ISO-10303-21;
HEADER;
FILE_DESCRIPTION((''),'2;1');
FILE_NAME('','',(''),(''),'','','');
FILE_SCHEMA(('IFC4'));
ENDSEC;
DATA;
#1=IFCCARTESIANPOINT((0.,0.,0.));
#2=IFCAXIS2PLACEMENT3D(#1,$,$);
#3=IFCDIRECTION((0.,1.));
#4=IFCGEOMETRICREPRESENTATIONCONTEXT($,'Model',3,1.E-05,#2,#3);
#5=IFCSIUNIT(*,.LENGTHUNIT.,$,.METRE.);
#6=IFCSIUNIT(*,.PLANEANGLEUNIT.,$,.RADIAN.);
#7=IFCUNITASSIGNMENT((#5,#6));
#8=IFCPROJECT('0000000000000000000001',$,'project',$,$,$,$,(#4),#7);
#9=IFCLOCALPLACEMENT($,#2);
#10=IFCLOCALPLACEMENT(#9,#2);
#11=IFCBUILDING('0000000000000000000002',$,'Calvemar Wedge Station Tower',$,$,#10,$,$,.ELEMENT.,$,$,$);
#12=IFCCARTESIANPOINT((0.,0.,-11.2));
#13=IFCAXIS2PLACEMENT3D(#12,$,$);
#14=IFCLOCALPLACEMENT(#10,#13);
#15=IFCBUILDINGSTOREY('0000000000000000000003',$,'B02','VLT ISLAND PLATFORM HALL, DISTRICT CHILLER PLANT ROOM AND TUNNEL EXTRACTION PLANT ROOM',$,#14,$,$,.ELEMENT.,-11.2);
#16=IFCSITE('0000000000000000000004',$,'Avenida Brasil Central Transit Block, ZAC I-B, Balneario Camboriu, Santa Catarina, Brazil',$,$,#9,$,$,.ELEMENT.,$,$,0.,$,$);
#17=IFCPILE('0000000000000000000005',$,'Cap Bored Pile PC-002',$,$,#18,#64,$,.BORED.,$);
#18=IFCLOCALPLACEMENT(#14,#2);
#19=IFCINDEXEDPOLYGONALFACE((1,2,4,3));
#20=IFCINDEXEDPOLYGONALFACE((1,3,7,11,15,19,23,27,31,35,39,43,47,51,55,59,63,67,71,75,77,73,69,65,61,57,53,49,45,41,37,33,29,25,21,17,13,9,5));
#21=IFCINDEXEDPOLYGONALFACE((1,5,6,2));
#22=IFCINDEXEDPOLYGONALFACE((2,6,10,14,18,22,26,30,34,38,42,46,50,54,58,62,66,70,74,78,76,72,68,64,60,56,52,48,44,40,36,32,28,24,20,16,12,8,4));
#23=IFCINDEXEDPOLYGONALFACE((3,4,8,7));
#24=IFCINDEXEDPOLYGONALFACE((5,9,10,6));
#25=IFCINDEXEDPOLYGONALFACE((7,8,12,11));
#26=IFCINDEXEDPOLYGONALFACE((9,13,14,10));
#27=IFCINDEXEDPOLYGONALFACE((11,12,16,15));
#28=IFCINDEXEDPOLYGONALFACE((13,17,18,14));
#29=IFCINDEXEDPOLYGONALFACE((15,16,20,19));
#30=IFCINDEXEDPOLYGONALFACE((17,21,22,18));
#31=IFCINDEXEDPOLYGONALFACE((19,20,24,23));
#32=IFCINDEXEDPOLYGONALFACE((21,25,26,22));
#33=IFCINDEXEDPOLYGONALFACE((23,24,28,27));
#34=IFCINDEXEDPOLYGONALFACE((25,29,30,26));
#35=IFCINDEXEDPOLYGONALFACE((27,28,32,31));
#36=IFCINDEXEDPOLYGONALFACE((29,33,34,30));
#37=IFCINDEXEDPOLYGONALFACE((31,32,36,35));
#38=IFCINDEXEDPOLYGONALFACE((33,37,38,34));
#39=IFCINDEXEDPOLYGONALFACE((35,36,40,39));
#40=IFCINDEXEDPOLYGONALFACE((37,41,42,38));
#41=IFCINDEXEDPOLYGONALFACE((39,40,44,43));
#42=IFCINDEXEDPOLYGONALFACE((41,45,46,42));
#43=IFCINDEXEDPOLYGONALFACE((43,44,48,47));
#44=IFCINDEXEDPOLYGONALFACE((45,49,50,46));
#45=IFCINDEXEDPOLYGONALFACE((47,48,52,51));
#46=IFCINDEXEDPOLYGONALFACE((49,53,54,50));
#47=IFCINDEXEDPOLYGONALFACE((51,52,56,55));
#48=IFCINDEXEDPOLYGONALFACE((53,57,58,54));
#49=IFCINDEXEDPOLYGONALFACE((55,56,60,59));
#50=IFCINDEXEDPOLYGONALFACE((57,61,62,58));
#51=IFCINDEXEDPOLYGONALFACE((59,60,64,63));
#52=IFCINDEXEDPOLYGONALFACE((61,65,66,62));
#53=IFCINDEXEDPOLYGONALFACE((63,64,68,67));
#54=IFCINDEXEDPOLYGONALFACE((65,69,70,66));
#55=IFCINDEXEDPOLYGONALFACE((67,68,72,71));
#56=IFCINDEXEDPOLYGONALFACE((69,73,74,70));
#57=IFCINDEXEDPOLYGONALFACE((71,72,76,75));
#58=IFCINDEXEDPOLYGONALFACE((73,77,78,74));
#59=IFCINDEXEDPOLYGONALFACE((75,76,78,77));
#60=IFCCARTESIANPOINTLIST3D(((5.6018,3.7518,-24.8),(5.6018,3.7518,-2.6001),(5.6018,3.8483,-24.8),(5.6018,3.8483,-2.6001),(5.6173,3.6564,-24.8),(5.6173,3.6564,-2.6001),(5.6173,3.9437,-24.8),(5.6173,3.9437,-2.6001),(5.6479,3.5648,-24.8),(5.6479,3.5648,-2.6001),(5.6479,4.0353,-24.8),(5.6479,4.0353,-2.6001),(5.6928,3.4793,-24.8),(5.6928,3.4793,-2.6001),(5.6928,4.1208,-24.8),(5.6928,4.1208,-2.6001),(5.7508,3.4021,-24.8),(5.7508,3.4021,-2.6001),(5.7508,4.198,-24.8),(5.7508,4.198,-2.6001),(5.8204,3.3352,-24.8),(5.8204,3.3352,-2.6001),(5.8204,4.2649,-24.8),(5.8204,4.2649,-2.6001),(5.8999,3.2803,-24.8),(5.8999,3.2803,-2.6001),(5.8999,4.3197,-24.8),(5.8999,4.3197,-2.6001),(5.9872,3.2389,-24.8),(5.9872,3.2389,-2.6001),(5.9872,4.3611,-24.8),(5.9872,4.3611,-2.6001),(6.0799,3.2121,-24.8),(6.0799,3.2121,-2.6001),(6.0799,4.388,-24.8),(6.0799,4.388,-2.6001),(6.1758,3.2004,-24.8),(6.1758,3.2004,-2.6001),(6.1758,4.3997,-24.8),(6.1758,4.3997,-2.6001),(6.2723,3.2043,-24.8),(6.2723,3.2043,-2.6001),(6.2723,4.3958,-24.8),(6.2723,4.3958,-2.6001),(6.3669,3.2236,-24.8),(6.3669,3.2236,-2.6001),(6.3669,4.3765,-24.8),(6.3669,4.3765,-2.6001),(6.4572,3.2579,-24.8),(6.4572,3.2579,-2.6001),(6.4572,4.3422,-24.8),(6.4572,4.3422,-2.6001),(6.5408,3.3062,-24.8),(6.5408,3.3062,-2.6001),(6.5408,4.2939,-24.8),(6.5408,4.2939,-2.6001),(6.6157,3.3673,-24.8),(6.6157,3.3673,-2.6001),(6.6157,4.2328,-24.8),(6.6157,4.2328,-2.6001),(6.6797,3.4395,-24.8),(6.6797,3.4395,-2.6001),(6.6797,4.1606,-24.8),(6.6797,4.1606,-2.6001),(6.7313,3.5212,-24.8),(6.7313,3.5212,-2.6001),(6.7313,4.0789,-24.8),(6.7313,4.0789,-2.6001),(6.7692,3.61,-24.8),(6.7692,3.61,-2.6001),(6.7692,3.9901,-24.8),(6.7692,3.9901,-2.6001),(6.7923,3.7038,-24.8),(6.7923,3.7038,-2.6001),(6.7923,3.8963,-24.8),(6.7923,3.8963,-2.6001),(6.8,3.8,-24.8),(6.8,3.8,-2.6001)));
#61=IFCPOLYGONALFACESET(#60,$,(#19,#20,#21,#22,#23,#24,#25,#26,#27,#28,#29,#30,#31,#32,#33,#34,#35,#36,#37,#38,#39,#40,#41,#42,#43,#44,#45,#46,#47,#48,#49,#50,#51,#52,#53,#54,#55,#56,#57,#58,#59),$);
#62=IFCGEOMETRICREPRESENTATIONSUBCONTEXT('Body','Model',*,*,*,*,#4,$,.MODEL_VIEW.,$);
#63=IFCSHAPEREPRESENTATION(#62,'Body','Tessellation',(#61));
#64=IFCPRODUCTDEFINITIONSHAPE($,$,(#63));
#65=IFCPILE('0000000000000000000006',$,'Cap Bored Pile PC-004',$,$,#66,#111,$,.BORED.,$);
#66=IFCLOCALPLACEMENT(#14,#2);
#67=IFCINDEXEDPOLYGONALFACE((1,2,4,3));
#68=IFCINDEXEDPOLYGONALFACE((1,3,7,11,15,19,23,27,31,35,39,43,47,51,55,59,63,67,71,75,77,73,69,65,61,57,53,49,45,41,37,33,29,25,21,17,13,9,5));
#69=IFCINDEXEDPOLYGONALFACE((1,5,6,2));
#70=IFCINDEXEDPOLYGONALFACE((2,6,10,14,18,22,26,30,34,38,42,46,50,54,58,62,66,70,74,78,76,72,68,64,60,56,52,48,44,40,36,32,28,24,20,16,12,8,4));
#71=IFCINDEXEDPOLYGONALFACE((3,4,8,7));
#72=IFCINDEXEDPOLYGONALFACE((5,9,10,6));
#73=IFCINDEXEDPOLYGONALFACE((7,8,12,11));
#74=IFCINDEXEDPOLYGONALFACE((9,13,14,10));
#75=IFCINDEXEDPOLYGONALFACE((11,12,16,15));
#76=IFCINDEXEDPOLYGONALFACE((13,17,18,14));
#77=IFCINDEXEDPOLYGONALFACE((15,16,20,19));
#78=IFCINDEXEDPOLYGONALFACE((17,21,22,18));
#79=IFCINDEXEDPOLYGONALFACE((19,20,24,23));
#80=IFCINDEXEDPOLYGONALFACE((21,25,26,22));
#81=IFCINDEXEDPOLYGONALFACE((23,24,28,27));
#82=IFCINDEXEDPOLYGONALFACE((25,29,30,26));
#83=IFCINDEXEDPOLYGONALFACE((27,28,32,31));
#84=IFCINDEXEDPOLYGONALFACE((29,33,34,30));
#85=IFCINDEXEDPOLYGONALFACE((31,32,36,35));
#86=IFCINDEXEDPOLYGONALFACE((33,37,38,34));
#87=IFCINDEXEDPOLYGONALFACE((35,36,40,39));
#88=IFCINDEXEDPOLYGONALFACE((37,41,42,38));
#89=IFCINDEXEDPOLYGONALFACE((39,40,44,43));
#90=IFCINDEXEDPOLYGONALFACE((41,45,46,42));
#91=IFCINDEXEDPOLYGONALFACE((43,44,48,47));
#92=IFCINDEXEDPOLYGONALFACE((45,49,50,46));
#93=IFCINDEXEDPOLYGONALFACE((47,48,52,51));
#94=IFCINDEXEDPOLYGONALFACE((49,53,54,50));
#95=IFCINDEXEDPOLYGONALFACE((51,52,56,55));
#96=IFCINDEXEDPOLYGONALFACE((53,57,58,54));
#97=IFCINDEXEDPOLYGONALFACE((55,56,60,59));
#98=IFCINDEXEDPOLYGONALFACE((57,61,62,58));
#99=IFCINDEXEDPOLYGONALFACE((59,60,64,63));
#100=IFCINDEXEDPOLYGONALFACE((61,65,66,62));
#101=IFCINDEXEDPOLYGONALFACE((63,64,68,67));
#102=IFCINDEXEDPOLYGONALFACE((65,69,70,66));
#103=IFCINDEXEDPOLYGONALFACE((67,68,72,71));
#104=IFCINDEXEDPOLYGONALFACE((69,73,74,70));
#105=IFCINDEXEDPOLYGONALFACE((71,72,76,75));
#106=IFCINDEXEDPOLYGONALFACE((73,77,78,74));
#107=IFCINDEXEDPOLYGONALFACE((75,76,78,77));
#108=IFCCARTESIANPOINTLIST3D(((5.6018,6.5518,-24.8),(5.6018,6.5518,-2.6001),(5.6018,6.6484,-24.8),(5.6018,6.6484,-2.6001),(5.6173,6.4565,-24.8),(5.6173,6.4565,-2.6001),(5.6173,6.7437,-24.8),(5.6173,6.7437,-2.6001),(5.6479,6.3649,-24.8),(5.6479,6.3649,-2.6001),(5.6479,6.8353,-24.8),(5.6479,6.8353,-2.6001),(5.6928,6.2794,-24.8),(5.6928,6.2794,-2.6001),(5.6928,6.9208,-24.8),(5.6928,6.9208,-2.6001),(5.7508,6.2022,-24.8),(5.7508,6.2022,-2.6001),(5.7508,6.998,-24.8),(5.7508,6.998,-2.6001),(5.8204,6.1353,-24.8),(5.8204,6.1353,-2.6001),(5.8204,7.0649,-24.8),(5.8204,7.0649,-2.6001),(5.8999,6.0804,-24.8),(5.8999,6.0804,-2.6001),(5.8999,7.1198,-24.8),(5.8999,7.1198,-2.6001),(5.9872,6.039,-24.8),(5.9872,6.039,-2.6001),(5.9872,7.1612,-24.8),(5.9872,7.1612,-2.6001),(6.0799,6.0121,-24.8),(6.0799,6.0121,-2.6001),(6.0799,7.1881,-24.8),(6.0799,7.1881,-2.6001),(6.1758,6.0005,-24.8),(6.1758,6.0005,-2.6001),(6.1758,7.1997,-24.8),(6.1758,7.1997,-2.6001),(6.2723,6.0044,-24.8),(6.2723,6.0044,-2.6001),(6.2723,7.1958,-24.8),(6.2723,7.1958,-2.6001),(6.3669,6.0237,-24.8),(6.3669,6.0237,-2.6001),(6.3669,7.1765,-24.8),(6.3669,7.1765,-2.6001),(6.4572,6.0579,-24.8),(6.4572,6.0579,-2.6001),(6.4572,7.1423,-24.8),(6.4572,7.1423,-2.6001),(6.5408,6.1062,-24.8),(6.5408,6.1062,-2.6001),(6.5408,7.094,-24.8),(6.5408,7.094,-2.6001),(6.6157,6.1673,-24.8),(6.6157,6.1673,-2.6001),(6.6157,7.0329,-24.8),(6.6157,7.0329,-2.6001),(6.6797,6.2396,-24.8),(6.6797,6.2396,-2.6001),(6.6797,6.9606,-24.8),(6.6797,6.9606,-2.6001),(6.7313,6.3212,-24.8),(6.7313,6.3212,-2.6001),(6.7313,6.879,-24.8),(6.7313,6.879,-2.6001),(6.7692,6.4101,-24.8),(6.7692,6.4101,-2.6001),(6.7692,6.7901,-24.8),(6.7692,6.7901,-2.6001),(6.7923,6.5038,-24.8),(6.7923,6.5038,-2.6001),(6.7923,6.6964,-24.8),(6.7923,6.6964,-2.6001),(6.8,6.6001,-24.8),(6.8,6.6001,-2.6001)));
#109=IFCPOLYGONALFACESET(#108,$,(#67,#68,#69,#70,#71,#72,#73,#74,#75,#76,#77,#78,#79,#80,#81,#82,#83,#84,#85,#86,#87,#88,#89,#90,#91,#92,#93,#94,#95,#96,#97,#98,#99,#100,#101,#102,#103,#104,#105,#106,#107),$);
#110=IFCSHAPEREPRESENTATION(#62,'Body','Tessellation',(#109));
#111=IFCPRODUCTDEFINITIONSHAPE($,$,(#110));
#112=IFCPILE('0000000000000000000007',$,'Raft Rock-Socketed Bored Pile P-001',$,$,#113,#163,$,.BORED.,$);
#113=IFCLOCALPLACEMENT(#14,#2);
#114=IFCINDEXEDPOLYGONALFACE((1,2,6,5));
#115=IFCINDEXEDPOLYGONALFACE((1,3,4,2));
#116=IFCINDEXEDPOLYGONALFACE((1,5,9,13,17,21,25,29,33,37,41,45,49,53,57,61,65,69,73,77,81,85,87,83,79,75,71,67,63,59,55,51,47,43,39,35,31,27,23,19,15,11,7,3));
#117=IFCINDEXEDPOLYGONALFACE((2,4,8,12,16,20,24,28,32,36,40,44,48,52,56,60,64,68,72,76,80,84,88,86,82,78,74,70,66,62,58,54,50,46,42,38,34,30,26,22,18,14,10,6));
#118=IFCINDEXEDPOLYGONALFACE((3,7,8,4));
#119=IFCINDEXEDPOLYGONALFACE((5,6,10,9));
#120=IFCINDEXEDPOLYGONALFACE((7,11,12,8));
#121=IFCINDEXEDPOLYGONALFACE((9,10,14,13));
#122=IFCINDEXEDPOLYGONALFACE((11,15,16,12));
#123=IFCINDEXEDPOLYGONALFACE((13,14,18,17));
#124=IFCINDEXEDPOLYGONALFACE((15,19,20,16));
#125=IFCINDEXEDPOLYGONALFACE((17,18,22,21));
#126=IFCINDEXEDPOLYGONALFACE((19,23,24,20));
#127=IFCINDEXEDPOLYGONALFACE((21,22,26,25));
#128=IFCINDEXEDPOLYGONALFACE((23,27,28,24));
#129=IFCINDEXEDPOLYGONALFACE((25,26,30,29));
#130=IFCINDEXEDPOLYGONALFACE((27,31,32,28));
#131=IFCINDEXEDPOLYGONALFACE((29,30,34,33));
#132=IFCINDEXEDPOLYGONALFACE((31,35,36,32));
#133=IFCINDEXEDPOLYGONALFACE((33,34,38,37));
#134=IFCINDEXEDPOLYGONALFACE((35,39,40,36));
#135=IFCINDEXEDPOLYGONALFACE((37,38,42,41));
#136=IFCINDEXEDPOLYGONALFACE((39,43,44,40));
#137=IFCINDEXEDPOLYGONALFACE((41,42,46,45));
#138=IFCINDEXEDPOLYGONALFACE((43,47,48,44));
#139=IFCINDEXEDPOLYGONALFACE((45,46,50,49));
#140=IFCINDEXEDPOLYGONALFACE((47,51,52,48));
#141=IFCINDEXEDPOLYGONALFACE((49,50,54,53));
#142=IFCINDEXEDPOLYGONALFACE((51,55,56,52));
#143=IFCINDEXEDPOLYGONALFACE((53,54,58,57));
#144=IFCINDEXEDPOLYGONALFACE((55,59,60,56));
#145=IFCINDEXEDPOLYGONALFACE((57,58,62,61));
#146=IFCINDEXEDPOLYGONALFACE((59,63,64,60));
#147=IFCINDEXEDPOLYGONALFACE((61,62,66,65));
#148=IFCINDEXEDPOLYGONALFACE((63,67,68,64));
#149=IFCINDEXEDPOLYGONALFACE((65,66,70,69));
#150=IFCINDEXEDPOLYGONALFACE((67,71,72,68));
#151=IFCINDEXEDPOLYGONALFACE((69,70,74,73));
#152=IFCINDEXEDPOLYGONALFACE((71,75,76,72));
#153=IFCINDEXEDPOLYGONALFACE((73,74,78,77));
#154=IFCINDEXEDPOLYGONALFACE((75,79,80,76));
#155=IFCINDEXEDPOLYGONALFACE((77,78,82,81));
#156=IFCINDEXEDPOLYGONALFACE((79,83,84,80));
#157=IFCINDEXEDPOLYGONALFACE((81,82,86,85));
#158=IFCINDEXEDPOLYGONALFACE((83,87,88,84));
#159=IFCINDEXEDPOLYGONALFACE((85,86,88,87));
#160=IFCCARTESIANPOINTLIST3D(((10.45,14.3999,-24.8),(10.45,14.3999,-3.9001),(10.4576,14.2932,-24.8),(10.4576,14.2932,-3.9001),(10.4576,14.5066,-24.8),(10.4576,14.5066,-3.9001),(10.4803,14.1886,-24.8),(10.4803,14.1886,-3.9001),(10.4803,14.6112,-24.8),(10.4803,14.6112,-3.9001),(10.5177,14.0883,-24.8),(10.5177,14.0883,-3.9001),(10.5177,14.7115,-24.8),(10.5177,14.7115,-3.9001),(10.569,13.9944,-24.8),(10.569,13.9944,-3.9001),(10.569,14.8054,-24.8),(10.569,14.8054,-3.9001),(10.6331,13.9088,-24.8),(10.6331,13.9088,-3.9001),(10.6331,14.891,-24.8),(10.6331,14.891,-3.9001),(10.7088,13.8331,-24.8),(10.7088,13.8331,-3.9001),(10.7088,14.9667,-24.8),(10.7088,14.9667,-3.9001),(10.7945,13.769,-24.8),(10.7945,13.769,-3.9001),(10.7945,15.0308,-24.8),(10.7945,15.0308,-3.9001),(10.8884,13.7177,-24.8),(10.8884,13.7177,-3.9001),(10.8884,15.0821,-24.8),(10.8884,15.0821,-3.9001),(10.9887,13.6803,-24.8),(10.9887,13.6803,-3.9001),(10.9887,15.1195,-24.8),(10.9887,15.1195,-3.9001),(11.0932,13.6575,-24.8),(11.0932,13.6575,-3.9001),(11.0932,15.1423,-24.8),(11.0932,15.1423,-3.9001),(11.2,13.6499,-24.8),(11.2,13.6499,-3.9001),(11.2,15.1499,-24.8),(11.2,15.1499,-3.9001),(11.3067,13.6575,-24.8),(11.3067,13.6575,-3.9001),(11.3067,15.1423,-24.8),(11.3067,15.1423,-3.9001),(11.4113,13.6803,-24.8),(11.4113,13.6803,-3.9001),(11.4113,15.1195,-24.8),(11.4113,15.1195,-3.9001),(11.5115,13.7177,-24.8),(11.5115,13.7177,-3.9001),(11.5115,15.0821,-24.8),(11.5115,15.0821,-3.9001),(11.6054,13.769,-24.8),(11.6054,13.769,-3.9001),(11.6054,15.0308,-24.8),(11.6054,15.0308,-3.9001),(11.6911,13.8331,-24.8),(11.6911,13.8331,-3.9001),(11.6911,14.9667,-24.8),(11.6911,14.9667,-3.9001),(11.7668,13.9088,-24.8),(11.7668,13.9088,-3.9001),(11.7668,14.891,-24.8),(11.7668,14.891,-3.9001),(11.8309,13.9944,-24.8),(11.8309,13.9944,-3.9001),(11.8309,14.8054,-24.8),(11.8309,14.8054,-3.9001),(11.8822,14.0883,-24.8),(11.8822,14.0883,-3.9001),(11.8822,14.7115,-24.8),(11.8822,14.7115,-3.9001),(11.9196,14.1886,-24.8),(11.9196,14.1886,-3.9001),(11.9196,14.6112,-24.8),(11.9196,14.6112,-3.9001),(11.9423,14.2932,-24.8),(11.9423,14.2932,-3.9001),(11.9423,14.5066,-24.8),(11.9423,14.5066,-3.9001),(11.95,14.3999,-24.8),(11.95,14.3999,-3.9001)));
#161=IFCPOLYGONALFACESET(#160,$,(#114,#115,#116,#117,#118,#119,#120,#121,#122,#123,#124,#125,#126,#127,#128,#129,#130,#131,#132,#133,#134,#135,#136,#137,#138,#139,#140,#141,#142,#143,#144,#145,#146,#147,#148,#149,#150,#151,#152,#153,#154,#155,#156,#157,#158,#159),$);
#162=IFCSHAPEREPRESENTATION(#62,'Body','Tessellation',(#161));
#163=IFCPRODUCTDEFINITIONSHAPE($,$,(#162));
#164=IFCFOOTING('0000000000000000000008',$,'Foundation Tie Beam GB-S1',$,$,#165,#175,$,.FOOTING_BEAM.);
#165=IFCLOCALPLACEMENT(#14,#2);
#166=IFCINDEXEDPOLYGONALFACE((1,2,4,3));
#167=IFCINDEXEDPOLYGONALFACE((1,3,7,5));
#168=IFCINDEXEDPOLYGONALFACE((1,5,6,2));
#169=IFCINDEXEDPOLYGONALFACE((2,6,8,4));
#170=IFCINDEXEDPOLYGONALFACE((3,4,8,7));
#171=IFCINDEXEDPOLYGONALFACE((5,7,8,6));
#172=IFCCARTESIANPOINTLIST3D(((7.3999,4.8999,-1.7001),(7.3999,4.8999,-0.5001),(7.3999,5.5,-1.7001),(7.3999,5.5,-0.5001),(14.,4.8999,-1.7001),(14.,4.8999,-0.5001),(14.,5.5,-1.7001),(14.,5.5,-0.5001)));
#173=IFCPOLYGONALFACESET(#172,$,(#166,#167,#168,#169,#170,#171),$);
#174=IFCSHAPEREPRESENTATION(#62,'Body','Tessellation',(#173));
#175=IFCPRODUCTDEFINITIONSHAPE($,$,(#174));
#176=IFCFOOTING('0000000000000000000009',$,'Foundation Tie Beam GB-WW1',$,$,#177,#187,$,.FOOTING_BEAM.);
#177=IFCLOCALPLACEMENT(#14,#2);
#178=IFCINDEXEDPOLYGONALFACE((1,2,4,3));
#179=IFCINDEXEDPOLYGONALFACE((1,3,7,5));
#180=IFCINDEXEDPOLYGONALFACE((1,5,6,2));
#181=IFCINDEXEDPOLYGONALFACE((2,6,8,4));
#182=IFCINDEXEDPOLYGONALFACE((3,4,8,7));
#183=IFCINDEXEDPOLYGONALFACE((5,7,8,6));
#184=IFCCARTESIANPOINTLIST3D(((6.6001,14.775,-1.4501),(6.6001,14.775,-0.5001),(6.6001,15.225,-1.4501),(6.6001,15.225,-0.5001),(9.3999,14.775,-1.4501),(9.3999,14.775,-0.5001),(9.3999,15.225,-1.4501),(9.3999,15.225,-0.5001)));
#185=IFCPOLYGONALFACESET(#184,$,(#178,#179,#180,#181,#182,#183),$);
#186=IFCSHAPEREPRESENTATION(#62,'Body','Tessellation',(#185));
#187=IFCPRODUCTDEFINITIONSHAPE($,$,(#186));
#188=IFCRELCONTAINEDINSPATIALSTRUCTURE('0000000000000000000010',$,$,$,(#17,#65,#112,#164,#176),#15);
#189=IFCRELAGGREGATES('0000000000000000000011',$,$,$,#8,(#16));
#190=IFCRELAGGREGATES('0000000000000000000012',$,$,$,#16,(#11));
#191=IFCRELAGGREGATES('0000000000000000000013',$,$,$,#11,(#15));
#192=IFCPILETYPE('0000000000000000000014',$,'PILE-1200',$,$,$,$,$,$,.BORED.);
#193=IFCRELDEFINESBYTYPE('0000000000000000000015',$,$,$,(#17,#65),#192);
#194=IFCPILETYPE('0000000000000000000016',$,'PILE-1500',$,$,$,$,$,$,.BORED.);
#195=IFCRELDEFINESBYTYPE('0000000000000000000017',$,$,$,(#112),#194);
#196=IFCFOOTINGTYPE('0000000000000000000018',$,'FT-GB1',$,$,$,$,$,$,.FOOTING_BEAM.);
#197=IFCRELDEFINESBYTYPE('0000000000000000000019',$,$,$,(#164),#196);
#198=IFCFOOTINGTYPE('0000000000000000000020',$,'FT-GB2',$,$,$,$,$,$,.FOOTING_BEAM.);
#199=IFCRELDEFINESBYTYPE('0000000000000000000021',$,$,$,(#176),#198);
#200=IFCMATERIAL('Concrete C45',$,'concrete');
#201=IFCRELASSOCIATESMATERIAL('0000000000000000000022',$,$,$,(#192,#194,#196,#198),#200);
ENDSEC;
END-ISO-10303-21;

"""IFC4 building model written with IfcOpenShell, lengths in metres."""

from ifc_helpers import new_model, si_unit, direction, frame, origin, origin_2d, place, context, subcontext, project, spatial, rectangle, circle, extrude, source, transform, mapped, material, material_profile, profile_set, type_object, element, save


model = new_model("IFC4")

# Units and contexts
model_context = context("Model", 3, precision=1e-05, world=origin(), true_north=direction((0.0, 1.0)))
body_context = subcontext(model_context, "Body", "Model", "MODEL_VIEW")
ifc_project = project(units=[si_unit("LENGTHUNIT", "METRE"), si_unit("PLANEANGLEUNIT", "RADIAN")], contexts=[model_context])

# Site, building, storey
site_placement = place(None, origin())
site = spatial("IfcSite", under=ifc_project, at=site_placement, Name="Avenida Brasil Central Transit Block, ZAC I-B, Balneario Camboriu, Santa Catarina, Brazil", CompositionType="ELEMENT", RefElevation=0.0)
building_placement = place(site_placement, origin())
building = spatial("IfcBuilding", under=site, at=building_placement, Name="Calvemar Wedge Station Tower", CompositionType="ELEMENT")
storey_placement = place(building_placement, frame((0.0, 0.0, -11.2)))
storey = spatial("IfcBuildingStorey", under=building, at=storey_placement, Name="B02", Description="VLT ISLAND PLATFORM HALL, DISTRICT CHILLER PLANT ROOM AND TUNNEL EXTRACTION PLANT ROOM", CompositionType="ELEMENT", Elevation=-11.2)

# Piles
ifc_material_1 = material(Name="Concrete C45", Category="concrete")
ifc_material_profile_1 = material_profile(ifc_material_1, circle(Radius=0.6001, at=origin_2d()), Name="PILE-D1200")
ifc_profile_set_1 = profile_set([ifc_material_profile_1], Name="Concrete C45")
pile_type_1 = type_object("IfcPileType", Name="PILE-1200", PredefinedType="BORED", material=ifc_profile_set_1)
for number, where, z_axis, x_axis, name in (
    (1, (6.2, 3.8, -2.6001), (0.0, 0.0, -1.0), (1.0, 0.0, 0.0), "Cap Bored Pile PC-002"),
    (2, (6.2, 6.6001, -2.6001), (0.0, 0.0, -1.0), (1.0, 0.0, 0.0), "Cap Bored Pile PC-004"),
):
    element("IfcPile", number, at=place(storey_placement, frame(where, z_axis=z_axis, x_axis=x_axis)), inside=storey, type_object=pile_type_1, Name=name, PredefinedType="BORED", context=body_context, shape_type="SweptSolid", body=[
        extrude(circle(Radius=0.6001, at=origin_2d()), origin(), (0.0, 0.0, 1.0), 22.2),
    ])
ifc_material_profile_2 = material_profile(ifc_material_1, circle(Radius=0.75, at=origin_2d()), Name="PILE-D1500")
ifc_profile_set_2 = profile_set([ifc_material_profile_2], Name="Concrete C45")
pile_type_2 = type_object("IfcPileType", Name="PILE-1500", PredefinedType="BORED", material=ifc_profile_set_2)
pile_placement = place(storey_placement, frame((11.2, 14.3999, -3.9001), z_axis=(0.0, 0.0, -1.0), x_axis=(1.0, 0.0, 0.0)))
element("IfcPile", 3, at=pile_placement, inside=storey, type_object=pile_type_2, Name="Raft Rock-Socketed Bored Pile P-001", PredefinedType="BORED", context=body_context, shape_type="SweptSolid", body=[
    extrude(circle(Radius=0.75, at=origin_2d()), origin(), (0.0, 0.0, 1.0), 20.8999),
])

# Footings
ifc_material_profile_3 = material_profile(ifc_material_1, rectangle(XDim=0.6001, YDim=1.2, at=origin_2d()), Name="RC600x1200")
ifc_profile_set_3 = profile_set([ifc_material_profile_3], Name="Concrete C45")
footing_type_1 = type_object("IfcFootingType", Name="FT-GB1", PredefinedType="FOOTING_BEAM", material=ifc_profile_set_3)
shared_shape_1 = source(origin(), body_context, "Body", "SweptSolid", [
    extrude(rectangle(XDim=0.6001, YDim=1.2, at=origin_2d()), origin(), (0.0, 0.0, 1.0), 6.6001),
])
footing_1_placement = place(storey_placement, frame((7.3999, 5.2, -1.1001), z_axis=(1.0, 0.0, 0.0), x_axis=(0.0, 1.0, 0.0)))
element("IfcFooting", 4, at=footing_1_placement, inside=storey, type_object=footing_type_1, Name="Foundation Tie Beam GB-S1", PredefinedType="FOOTING_BEAM", context=body_context, shape_type="MappedRepresentation", body=[
    mapped(shared_shape_1, transform((0.0, 0.0, 0.0), scale=1.0)),
])
ifc_material_profile_4 = material_profile(ifc_material_1, rectangle(XDim=0.45, YDim=0.95, at=origin_2d()), Name="RC450x950")
ifc_profile_set_4 = profile_set([ifc_material_profile_4], Name="Concrete C45")
footing_type_2 = type_object("IfcFootingType", Name="FT-GB2", PredefinedType="FOOTING_BEAM", material=ifc_profile_set_4)
shared_shape_2 = source(origin(), body_context, "Body", "SweptSolid", [
    extrude(rectangle(XDim=0.45, YDim=0.95, at=origin_2d()), origin(), (0.0, 0.0, 1.0), 2.7998),
])
footing_2_placement = place(storey_placement, frame((6.6001, 15.0, -0.9751), z_axis=(1.0, 0.0, 0.0), x_axis=(0.0, 1.0, 0.0)))
element("IfcFooting", 5, at=footing_2_placement, inside=storey, type_object=footing_type_2, Name="Foundation Tie Beam GB-WW1", PredefinedType="FOOTING_BEAM", context=body_context, shape_type="MappedRepresentation", body=[
    mapped(shared_shape_2, transform((0.0, 0.0, 0.0), scale=1.0)),
])

save(model, "model.ifc")
